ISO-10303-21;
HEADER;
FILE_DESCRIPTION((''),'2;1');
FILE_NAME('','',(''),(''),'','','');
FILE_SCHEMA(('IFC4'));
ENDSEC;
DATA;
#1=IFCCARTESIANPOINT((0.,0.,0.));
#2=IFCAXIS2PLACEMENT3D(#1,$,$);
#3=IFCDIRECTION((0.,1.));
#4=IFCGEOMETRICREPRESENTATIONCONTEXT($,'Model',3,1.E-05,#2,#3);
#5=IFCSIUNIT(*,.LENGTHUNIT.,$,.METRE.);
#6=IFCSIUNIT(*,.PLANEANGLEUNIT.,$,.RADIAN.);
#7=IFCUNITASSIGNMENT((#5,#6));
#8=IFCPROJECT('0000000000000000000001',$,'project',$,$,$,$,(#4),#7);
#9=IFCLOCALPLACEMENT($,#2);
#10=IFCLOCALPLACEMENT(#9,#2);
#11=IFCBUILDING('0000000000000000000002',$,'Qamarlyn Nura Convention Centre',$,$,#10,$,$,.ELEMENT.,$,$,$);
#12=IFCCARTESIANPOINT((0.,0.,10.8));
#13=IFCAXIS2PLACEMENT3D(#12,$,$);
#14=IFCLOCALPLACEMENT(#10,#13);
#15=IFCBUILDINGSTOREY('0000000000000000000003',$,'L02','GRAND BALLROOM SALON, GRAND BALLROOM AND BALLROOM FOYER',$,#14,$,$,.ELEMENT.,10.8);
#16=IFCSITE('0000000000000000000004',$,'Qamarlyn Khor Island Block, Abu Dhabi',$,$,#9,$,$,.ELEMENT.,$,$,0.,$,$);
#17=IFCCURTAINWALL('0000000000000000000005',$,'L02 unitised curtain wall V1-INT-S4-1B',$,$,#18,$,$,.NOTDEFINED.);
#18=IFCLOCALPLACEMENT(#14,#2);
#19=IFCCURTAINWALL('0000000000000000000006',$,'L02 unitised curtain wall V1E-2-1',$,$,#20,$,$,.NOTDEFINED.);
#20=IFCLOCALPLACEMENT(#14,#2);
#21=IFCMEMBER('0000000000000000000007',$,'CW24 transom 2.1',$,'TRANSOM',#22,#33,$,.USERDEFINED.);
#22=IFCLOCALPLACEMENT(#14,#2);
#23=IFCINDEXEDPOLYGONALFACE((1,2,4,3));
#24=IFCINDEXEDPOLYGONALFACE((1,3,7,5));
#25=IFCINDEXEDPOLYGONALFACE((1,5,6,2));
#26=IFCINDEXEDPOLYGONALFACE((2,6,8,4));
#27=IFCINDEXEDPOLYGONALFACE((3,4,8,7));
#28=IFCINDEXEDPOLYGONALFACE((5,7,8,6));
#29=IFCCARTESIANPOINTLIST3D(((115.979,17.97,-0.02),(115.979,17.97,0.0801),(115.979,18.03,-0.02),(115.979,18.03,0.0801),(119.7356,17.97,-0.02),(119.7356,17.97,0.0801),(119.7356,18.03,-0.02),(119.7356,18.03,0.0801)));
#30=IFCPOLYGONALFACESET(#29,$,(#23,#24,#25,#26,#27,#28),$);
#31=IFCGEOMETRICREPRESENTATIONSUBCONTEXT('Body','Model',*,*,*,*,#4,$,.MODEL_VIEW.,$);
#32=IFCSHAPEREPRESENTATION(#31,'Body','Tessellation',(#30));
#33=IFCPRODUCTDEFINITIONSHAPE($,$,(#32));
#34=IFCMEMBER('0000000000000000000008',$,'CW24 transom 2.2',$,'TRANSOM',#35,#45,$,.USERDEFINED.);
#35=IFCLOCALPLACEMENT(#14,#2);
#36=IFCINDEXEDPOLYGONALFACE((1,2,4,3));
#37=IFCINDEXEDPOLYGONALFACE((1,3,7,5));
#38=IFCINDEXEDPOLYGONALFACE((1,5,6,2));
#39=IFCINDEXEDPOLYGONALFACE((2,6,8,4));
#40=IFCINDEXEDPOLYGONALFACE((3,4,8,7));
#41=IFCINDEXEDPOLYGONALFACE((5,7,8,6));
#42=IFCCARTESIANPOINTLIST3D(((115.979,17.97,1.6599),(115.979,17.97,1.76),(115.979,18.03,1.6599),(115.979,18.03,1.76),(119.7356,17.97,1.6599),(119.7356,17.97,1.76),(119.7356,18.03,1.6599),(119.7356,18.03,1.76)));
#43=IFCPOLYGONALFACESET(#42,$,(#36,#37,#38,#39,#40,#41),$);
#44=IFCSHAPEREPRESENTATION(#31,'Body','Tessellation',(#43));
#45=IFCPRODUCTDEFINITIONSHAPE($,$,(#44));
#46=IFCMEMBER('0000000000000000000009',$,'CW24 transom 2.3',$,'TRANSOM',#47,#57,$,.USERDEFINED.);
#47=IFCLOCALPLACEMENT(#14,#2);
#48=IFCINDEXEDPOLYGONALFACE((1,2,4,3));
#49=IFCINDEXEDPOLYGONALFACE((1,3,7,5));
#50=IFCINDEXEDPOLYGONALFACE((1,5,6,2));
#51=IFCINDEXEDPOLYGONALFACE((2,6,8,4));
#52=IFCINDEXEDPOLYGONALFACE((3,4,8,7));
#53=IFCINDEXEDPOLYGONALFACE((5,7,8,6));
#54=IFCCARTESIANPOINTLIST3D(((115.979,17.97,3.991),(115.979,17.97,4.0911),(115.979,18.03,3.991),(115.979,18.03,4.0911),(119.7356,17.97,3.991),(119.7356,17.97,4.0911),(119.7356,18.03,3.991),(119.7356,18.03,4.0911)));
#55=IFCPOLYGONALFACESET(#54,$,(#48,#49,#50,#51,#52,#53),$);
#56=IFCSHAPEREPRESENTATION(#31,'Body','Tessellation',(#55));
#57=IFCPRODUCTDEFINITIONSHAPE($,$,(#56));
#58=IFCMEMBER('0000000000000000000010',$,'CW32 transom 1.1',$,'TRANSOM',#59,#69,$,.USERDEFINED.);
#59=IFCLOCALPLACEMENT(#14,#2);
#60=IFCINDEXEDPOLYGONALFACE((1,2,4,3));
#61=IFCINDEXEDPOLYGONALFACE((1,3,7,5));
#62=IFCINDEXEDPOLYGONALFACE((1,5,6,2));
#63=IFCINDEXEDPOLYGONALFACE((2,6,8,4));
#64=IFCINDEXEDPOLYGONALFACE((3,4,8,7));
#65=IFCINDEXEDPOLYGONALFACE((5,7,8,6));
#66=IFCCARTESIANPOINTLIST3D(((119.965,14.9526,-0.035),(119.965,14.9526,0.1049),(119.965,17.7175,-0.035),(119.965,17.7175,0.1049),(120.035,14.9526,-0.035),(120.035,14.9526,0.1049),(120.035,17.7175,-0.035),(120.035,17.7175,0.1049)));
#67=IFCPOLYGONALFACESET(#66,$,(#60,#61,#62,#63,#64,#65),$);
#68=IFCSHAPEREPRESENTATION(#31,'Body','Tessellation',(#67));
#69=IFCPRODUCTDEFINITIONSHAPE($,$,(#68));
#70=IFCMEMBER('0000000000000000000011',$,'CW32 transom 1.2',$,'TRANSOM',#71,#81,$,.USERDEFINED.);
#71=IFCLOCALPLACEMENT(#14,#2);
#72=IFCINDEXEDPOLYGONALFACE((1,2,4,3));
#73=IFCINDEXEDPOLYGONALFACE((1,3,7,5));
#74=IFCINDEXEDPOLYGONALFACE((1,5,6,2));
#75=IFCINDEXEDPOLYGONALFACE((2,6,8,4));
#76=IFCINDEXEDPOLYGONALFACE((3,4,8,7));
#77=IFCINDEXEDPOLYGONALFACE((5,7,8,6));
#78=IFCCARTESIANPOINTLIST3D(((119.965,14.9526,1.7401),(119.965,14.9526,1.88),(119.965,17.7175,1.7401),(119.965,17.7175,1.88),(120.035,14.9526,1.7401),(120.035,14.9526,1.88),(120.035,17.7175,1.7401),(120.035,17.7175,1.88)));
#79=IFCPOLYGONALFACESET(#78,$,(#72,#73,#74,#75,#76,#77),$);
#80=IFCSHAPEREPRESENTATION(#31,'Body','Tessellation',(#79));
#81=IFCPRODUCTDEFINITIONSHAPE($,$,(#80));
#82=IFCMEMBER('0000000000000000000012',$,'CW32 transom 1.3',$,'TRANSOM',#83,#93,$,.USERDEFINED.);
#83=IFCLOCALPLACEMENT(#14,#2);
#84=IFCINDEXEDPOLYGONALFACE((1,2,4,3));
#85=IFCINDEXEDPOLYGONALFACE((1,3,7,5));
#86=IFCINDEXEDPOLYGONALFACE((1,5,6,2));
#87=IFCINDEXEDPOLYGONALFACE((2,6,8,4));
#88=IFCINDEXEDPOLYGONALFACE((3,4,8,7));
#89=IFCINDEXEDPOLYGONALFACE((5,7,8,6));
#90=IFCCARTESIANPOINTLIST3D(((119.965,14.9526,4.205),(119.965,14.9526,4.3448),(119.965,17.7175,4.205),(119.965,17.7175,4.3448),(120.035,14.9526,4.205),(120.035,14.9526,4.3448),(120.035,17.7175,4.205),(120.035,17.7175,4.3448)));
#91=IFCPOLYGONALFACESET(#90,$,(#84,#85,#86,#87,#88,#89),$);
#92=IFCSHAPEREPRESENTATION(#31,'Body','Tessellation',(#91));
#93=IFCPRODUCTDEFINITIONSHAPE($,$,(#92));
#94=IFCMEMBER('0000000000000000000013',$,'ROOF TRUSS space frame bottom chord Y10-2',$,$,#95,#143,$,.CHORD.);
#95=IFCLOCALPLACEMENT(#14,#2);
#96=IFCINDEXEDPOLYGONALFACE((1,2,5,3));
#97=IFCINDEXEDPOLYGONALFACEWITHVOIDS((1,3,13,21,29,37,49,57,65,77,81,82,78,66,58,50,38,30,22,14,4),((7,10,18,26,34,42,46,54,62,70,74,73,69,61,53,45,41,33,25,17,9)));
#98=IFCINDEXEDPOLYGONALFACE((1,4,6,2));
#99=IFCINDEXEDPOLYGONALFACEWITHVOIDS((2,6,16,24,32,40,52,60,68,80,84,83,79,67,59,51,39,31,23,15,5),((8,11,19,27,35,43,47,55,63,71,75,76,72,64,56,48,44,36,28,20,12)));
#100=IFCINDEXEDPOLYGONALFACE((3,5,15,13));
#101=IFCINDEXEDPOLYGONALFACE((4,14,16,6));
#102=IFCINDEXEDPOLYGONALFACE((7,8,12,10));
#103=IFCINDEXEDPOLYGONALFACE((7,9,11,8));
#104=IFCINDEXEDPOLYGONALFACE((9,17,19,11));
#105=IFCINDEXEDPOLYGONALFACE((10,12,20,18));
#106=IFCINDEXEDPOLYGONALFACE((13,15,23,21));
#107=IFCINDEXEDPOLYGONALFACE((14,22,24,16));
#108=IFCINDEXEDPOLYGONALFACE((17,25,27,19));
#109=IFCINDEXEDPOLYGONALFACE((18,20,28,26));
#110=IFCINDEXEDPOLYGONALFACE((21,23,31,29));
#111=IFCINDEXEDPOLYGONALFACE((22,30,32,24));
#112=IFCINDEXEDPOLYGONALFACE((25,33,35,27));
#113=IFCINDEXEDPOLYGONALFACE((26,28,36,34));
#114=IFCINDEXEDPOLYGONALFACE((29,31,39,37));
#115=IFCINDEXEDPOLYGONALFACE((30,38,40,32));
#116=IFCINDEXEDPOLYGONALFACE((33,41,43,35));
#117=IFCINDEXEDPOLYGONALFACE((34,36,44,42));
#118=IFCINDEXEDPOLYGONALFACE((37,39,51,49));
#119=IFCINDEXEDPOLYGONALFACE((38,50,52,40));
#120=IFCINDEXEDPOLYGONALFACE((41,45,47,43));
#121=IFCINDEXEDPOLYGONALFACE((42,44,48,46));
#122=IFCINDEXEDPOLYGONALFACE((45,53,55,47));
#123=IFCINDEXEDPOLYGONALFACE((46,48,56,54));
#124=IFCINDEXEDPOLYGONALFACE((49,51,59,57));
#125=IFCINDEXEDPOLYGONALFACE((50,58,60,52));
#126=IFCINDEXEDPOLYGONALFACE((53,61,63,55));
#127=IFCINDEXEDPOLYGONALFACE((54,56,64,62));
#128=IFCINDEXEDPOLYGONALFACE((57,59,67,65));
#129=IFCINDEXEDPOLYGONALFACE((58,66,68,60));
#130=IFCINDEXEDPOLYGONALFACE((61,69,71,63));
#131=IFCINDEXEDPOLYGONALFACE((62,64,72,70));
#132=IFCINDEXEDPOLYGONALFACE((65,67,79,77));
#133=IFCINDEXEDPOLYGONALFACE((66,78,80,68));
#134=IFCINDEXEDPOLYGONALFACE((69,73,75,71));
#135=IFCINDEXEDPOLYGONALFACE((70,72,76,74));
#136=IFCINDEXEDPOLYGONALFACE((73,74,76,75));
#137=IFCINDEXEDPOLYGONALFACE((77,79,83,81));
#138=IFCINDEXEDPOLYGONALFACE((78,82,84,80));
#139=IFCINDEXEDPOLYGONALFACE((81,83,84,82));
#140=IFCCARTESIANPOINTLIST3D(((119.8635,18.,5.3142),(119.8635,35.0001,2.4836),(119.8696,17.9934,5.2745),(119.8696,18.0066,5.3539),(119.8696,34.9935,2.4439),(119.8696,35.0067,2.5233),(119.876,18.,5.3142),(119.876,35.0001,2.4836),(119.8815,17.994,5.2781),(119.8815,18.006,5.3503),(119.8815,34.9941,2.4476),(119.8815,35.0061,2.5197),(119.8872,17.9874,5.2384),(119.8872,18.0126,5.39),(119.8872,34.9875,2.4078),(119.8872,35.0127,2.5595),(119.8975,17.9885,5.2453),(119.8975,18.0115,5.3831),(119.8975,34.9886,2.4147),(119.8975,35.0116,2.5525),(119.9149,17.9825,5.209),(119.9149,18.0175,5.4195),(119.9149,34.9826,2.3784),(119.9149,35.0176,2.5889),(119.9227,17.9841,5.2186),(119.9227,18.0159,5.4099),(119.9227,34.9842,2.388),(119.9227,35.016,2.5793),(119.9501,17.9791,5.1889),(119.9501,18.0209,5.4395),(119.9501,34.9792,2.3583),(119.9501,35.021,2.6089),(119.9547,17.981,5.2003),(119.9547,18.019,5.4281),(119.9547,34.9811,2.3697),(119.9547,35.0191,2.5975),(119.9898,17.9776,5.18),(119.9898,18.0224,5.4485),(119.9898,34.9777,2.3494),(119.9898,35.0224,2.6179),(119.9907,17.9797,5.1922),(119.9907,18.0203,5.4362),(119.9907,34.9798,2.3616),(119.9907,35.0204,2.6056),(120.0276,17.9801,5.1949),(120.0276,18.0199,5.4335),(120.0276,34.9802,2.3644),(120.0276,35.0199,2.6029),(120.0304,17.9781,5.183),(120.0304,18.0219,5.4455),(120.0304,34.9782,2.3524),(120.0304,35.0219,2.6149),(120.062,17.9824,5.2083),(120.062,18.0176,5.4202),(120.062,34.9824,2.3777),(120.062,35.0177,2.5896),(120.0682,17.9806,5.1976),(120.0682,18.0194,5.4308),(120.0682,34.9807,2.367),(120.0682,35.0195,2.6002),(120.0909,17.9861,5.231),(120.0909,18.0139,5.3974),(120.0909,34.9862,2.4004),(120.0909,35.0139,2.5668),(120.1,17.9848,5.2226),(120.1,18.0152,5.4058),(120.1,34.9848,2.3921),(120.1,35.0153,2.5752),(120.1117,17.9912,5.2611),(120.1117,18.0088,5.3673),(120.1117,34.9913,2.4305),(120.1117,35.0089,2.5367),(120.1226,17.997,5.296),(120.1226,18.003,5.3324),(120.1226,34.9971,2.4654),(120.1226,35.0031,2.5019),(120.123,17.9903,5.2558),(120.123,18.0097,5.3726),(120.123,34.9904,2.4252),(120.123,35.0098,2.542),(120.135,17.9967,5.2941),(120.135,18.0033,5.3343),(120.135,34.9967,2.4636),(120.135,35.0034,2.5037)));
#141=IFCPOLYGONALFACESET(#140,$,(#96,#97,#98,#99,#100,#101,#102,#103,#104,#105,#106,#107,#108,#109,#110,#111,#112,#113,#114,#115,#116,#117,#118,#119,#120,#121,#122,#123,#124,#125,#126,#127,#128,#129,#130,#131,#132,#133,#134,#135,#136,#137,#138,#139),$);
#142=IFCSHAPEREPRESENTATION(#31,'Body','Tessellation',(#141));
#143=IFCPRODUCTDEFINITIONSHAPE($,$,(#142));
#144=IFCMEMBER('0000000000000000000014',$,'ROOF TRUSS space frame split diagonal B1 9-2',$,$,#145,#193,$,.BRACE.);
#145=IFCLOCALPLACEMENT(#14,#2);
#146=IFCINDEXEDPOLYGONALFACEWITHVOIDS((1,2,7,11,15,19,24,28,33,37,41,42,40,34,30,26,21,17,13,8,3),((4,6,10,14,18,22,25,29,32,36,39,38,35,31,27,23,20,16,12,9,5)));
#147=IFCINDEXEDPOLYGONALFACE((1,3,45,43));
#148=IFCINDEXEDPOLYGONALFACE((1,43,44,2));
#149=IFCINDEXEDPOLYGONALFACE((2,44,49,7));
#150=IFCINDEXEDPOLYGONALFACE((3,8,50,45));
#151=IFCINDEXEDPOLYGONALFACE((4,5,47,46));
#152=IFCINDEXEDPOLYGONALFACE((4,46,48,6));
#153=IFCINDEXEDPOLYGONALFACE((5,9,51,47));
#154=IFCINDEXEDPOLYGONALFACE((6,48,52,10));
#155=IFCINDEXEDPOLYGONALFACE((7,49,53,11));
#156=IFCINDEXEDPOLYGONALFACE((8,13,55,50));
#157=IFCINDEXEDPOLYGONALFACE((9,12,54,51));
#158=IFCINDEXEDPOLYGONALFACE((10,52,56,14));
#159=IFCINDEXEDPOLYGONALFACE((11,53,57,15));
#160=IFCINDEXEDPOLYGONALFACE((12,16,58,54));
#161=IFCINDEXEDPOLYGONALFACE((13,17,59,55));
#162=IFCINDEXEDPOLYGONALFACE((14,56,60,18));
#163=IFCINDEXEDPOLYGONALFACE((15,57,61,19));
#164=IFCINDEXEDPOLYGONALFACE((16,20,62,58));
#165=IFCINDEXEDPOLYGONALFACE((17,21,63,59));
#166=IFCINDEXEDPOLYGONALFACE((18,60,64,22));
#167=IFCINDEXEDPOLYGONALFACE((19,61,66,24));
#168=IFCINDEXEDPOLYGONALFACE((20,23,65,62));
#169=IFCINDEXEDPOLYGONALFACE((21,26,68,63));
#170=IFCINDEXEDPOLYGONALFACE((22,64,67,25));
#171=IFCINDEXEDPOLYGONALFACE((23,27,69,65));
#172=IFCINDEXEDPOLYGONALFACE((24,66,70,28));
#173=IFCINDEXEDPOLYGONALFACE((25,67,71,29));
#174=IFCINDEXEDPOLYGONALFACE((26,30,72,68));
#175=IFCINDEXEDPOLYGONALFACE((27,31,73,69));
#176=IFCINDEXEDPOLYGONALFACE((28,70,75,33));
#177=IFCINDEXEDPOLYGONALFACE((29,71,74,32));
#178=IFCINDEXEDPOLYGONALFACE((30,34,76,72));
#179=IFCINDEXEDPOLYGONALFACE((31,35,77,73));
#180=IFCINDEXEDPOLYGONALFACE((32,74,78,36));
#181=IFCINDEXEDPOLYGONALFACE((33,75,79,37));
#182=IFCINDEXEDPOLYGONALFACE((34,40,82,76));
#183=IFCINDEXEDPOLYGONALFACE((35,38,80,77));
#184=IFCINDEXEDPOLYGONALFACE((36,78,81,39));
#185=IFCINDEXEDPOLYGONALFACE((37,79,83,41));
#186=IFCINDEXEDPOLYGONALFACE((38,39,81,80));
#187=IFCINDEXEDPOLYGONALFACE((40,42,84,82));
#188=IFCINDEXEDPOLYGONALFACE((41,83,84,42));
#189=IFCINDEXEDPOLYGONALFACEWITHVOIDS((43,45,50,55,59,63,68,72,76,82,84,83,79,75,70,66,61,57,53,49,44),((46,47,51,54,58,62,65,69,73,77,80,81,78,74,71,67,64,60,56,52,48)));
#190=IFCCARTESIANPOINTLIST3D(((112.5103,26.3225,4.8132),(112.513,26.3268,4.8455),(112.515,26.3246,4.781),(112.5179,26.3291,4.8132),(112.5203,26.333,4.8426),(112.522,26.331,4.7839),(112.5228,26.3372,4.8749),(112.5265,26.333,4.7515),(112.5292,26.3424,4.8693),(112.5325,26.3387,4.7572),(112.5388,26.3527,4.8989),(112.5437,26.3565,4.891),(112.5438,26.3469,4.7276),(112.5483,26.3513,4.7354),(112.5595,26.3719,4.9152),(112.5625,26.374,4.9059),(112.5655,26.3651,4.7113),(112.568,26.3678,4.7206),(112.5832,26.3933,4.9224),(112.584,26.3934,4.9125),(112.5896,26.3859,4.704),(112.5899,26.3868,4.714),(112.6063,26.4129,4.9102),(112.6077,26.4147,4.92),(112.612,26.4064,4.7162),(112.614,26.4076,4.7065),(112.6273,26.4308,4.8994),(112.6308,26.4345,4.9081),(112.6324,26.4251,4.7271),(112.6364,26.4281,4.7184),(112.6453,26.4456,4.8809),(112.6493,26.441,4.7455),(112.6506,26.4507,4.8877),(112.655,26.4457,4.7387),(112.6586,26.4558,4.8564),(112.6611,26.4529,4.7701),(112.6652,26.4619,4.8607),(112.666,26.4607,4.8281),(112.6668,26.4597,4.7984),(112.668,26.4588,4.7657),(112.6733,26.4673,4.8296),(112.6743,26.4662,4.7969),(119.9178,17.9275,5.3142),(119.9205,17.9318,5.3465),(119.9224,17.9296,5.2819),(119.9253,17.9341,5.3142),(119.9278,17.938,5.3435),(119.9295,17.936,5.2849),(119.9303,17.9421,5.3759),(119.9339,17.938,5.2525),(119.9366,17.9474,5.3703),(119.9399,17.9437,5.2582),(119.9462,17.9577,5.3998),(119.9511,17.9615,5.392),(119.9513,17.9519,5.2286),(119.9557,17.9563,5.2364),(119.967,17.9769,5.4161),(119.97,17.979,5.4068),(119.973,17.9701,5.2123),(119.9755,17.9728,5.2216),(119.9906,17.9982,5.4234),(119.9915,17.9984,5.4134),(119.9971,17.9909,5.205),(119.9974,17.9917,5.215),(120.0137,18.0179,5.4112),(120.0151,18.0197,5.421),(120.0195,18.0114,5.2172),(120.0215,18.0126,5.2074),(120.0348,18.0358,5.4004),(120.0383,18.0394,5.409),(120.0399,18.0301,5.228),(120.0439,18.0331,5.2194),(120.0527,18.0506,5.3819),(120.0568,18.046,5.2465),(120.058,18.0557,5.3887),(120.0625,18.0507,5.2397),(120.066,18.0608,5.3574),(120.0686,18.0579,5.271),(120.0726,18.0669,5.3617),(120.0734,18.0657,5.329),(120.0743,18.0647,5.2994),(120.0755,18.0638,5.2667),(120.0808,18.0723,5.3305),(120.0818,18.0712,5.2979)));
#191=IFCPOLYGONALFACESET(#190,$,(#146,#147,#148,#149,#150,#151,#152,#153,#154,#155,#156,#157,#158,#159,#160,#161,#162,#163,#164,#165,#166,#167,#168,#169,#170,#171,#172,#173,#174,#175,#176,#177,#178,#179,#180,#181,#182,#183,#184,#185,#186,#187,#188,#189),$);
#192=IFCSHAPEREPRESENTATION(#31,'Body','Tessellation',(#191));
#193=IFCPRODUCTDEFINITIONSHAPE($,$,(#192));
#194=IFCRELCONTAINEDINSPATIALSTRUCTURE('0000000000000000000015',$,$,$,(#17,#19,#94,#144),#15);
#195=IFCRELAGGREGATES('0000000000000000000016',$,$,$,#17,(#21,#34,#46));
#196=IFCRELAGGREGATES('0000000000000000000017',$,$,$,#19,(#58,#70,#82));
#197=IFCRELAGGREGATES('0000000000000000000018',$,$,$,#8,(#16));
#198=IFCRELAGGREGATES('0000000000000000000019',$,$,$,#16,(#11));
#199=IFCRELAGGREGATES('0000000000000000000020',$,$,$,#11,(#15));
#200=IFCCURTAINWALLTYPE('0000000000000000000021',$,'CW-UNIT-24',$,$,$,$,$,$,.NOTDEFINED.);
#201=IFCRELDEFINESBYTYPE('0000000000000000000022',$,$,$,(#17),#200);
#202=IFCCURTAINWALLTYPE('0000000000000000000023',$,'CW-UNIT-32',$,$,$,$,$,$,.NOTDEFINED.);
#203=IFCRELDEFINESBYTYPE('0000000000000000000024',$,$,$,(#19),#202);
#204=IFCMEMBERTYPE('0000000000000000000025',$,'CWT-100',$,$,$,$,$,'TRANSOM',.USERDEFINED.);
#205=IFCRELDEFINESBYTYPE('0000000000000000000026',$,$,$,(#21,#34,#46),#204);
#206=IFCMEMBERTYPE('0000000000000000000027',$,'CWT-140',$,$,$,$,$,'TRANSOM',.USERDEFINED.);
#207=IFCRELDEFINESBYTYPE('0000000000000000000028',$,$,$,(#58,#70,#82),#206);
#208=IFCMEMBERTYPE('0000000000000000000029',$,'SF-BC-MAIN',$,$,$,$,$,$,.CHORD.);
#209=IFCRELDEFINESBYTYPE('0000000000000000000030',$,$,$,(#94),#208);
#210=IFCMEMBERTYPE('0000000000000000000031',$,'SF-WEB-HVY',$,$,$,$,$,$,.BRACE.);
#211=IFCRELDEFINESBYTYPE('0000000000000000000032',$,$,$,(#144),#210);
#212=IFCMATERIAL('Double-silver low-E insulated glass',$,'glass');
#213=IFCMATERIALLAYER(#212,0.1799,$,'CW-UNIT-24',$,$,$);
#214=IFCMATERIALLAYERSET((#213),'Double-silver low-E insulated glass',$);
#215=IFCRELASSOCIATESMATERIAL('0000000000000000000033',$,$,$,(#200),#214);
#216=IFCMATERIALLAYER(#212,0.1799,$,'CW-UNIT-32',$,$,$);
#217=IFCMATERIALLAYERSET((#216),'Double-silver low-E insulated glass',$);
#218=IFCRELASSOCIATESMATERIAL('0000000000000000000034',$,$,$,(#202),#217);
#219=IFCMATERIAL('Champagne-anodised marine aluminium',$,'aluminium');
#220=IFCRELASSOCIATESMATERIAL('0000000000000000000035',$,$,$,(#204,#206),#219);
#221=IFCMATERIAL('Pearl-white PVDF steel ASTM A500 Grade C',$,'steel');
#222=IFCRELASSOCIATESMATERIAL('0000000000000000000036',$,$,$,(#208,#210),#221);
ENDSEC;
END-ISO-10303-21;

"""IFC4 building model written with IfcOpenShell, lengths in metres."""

from ifc_helpers import new_model, si_unit, direction, frame, origin, origin_2d, place, context, subcontext, project, spatial, rectangle, hollow_circle, extrude, material, layer, layer_set, material_profile, profile_set, type_object, element, aggregate, save


model = new_model("IFC4")

# Units and contexts
model_context = context("Model", 3, precision=1e-05, world=origin(), true_north=direction((0.0, 1.0)))
body_context = subcontext(model_context, "Body", "Model", "MODEL_VIEW")
ifc_project = project(units=[si_unit("LENGTHUNIT", "METRE"), si_unit("PLANEANGLEUNIT", "RADIAN")], contexts=[model_context])

# Site, building, storey
site_placement = place(None, origin())
site = spatial("IfcSite", under=ifc_project, at=site_placement, Name="Qamarlyn Khor Island Block, Abu Dhabi", CompositionType="ELEMENT", RefElevation=0.0)
building_placement = place(site_placement, origin())
building = spatial("IfcBuilding", under=site, at=building_placement, Name="Qamarlyn Nura Convention Centre", CompositionType="ELEMENT")
storey_placement = place(building_placement, frame((0.0, 0.0, 10.8)))
storey = spatial("IfcBuildingStorey", under=building, at=storey_placement, Name="L02", Description="GRAND BALLROOM SALON, GRAND BALLROOM AND BALLROOM FOYER", CompositionType="ELEMENT", Elevation=10.8)

# Curtain wall
ifc_material_1 = material(Name="Double-silver low-E insulated glass", Category="glass")
ifc_layer_1 = layer(ifc_material_1, 0.1799, Name="CW-UNIT-24")
ifc_layer_set_1 = layer_set([ifc_layer_1], Name="Double-silver low-E insulated glass")
curtain_wall_type_1 = type_object("IfcCurtainWallType", Name="CW-UNIT-24", PredefinedType="NOTDEFINED", material=ifc_layer_set_1)
curtain_wall_1_placement = place(storey_placement, origin())
curtain_wall_1 = element("IfcCurtainWall", 1, at=curtain_wall_1_placement, inside=storey, type_object=curtain_wall_type_1, Name="L02 unitised curtain wall V1-INT-S4-1B", PredefinedType="NOTDEFINED")
ifc_material_2 = material(Name="Champagne-anodised marine aluminium", Category="aluminium")

# Curtain wall
ifc_layer_2 = layer(ifc_material_1, 0.1799, Name="CW-UNIT-32")
ifc_layer_set_2 = layer_set([ifc_layer_2], Name="Double-silver low-E insulated glass")
curtain_wall_type_2 = type_object("IfcCurtainWallType", Name="CW-UNIT-32", PredefinedType="NOTDEFINED", material=ifc_layer_set_2)
curtain_wall_2_placement = place(storey_placement, origin())
curtain_wall_2 = element("IfcCurtainWall", 2, at=curtain_wall_2_placement, inside=storey, type_object=curtain_wall_type_2, Name="L02 unitised curtain wall V1E-2-1", PredefinedType="NOTDEFINED")

# Members
ifc_material_profile_1 = material_profile(ifc_material_2, rectangle(XDim=0.0601, YDim=0.1001, at=origin_2d()), Name="ALU TRANSOM 60x100")
ifc_profile_set_1 = profile_set([ifc_material_profile_1], Name="Champagne-anodised marine aluminium")
member_type_1 = type_object("IfcMemberType", Name="CWT-100", ElementType="TRANSOM", PredefinedType="USERDEFINED", material=ifc_profile_set_1)
member_1_placement = place(storey_placement, frame((115.979, 18.0, 0.03), z_axis=(1.0, 0.0, 0.0), x_axis=(0.0, 1.0, 0.0)))
member_1 = element("IfcMember", 3, at=member_1_placement, type_object=member_type_1, Name="CW24 transom 2.1", ObjectType="TRANSOM", PredefinedType="USERDEFINED", context=body_context, shape_type="SweptSolid", body=[
    extrude(rectangle(XDim=0.0601, YDim=0.1001, at=origin_2d()), origin(), (0.0, 0.0, 1.0), 3.7566),
])
member_2_placement = place(storey_placement, frame((115.979, 18.0, 1.71), z_axis=(1.0, 0.0, 0.0), x_axis=(0.0, 1.0, 0.0)))
member_2 = element("IfcMember", 4, at=member_2_placement, type_object=member_type_1, Name="CW24 transom 2.2", ObjectType="TRANSOM", PredefinedType="USERDEFINED", context=body_context, shape_type="SweptSolid", body=[
    extrude(rectangle(XDim=0.0601, YDim=0.1001, at=origin_2d()), origin(), (0.0, 0.0, 1.0), 3.7566),
])
member_3_placement = place(storey_placement, frame((115.979, 18.0, 4.041), z_axis=(1.0, 0.0, 0.0), x_axis=(0.0, 1.0, 0.0)))
member_3 = element("IfcMember", 5, at=member_3_placement, type_object=member_type_1, Name="CW24 transom 2.3", ObjectType="TRANSOM", PredefinedType="USERDEFINED", context=body_context, shape_type="SweptSolid", body=[
    extrude(rectangle(XDim=0.0601, YDim=0.1001, at=origin_2d()), origin(), (0.0, 0.0, 1.0), 3.7566),
])
ifc_material_profile_2 = material_profile(ifc_material_2, rectangle(XDim=0.0701, YDim=0.1399, at=origin_2d()), Name="ALU TRANSOM 70x140")
ifc_profile_set_2 = profile_set([ifc_material_profile_2], Name="Champagne-anodised marine aluminium")
member_type_2 = type_object("IfcMemberType", Name="CWT-140", ElementType="TRANSOM", PredefinedType="USERDEFINED", material=ifc_profile_set_2)
member_4_placement = place(storey_placement, frame((120.0, 17.7175, 0.0349), z_axis=(0.0, -1.0, 0.0), x_axis=(1.0, 0.0, 0.0)))
member_4 = element("IfcMember", 6, at=member_4_placement, type_object=member_type_2, Name="CW32 transom 1.1", ObjectType="TRANSOM", PredefinedType="USERDEFINED", context=body_context, shape_type="SweptSolid", body=[
    extrude(rectangle(XDim=0.0701, YDim=0.1399, at=origin_2d()), origin(), (0.0, 0.0, 1.0), 2.7649),
])
member_5_placement = place(storey_placement, frame((120.0, 17.7175, 1.8101), z_axis=(0.0, -1.0, 0.0), x_axis=(1.0, 0.0, 0.0)))
member_5 = element("IfcMember", 7, at=member_5_placement, type_object=member_type_2, Name="CW32 transom 1.2", ObjectType="TRANSOM", PredefinedType="USERDEFINED", context=body_context, shape_type="SweptSolid", body=[
    extrude(rectangle(XDim=0.0701, YDim=0.1399, at=origin_2d()), origin(), (0.0, 0.0, 1.0), 2.7649),
])
member_6_placement = place(storey_placement, frame((120.0, 17.7175, 4.2749), z_axis=(0.0, -1.0, 0.0), x_axis=(1.0, 0.0, 0.0)))
member_6 = element("IfcMember", 8, at=member_6_placement, type_object=member_type_2, Name="CW32 transom 1.3", ObjectType="TRANSOM", PredefinedType="USERDEFINED", context=body_context, shape_type="SweptSolid", body=[
    extrude(rectangle(XDim=0.0701, YDim=0.1399, at=origin_2d()), origin(), (0.0, 0.0, 1.0), 2.7649),
])

# Members
ifc_material_3 = material(Name="Pearl-white PVDF steel ASTM A500 Grade C", Category="steel")
ifc_material_profile_3 = material_profile(ifc_material_3, hollow_circle(Radius=0.1365, WallThickness=0.0125, at=origin_2d()), Name="CHS273X12.5")
ifc_profile_set_3 = profile_set([ifc_material_profile_3], Name="Pearl-white PVDF steel ASTM A500 Grade C")
member_type_3 = type_object("IfcMemberType", Name="SF-BC-MAIN", PredefinedType="CHORD", material=ifc_profile_set_3)
member_7_placement = place(storey_placement, frame((120.0, 18.0, 5.3142), z_axis=(0.0, 0.98642, -0.164243), x_axis=(-1.0, 0.0, 0.0)))
element("IfcMember", 9, at=member_7_placement, inside=storey, type_object=member_type_3, Name="ROOF TRUSS space frame bottom chord Y10-2", PredefinedType="CHORD", context=body_context, shape_type="SweptSolid", body=[
    extrude(hollow_circle(Radius=0.1365, WallThickness=0.0125, at=origin_2d()), origin(), (0.0, 0.0, 1.0), 17.2341),
])
ifc_material_profile_4 = material_profile(ifc_material_3, hollow_circle(Radius=0.1096, WallThickness=0.01, at=origin_2d()), Name="CHS219.1X10")
ifc_profile_set_4 = profile_set([ifc_material_profile_4], Name="Pearl-white PVDF steel ASTM A500 Grade C")
member_type_4 = type_object("IfcMemberType", Name="SF-WEB-HVY", PredefinedType="BRACE", material=ifc_profile_set_4)
member_8_placement = place(storey_placement, frame((120.0, 18.0, 5.3142), z_axis=(-0.660965, 0.749084, -0.044702), x_axis=(-0.749833, -0.661627, 0.0)))
element("IfcMember", 10, at=member_8_placement, inside=storey, type_object=member_type_4, Name="ROOF TRUSS space frame split diagonal B1 9-2", PredefinedType="BRACE", context=body_context, shape_type="SweptSolid", body=[
    extrude(hollow_circle(Radius=0.1096, WallThickness=0.01, at=origin_2d()), origin(), (0.0, 0.0, 1.0), 11.207),
])

aggregate(curtain_wall_1, [member_1, member_2, member_3])
aggregate(curtain_wall_2, [member_4, member_5, member_6])

save(model, "model.ifc")
